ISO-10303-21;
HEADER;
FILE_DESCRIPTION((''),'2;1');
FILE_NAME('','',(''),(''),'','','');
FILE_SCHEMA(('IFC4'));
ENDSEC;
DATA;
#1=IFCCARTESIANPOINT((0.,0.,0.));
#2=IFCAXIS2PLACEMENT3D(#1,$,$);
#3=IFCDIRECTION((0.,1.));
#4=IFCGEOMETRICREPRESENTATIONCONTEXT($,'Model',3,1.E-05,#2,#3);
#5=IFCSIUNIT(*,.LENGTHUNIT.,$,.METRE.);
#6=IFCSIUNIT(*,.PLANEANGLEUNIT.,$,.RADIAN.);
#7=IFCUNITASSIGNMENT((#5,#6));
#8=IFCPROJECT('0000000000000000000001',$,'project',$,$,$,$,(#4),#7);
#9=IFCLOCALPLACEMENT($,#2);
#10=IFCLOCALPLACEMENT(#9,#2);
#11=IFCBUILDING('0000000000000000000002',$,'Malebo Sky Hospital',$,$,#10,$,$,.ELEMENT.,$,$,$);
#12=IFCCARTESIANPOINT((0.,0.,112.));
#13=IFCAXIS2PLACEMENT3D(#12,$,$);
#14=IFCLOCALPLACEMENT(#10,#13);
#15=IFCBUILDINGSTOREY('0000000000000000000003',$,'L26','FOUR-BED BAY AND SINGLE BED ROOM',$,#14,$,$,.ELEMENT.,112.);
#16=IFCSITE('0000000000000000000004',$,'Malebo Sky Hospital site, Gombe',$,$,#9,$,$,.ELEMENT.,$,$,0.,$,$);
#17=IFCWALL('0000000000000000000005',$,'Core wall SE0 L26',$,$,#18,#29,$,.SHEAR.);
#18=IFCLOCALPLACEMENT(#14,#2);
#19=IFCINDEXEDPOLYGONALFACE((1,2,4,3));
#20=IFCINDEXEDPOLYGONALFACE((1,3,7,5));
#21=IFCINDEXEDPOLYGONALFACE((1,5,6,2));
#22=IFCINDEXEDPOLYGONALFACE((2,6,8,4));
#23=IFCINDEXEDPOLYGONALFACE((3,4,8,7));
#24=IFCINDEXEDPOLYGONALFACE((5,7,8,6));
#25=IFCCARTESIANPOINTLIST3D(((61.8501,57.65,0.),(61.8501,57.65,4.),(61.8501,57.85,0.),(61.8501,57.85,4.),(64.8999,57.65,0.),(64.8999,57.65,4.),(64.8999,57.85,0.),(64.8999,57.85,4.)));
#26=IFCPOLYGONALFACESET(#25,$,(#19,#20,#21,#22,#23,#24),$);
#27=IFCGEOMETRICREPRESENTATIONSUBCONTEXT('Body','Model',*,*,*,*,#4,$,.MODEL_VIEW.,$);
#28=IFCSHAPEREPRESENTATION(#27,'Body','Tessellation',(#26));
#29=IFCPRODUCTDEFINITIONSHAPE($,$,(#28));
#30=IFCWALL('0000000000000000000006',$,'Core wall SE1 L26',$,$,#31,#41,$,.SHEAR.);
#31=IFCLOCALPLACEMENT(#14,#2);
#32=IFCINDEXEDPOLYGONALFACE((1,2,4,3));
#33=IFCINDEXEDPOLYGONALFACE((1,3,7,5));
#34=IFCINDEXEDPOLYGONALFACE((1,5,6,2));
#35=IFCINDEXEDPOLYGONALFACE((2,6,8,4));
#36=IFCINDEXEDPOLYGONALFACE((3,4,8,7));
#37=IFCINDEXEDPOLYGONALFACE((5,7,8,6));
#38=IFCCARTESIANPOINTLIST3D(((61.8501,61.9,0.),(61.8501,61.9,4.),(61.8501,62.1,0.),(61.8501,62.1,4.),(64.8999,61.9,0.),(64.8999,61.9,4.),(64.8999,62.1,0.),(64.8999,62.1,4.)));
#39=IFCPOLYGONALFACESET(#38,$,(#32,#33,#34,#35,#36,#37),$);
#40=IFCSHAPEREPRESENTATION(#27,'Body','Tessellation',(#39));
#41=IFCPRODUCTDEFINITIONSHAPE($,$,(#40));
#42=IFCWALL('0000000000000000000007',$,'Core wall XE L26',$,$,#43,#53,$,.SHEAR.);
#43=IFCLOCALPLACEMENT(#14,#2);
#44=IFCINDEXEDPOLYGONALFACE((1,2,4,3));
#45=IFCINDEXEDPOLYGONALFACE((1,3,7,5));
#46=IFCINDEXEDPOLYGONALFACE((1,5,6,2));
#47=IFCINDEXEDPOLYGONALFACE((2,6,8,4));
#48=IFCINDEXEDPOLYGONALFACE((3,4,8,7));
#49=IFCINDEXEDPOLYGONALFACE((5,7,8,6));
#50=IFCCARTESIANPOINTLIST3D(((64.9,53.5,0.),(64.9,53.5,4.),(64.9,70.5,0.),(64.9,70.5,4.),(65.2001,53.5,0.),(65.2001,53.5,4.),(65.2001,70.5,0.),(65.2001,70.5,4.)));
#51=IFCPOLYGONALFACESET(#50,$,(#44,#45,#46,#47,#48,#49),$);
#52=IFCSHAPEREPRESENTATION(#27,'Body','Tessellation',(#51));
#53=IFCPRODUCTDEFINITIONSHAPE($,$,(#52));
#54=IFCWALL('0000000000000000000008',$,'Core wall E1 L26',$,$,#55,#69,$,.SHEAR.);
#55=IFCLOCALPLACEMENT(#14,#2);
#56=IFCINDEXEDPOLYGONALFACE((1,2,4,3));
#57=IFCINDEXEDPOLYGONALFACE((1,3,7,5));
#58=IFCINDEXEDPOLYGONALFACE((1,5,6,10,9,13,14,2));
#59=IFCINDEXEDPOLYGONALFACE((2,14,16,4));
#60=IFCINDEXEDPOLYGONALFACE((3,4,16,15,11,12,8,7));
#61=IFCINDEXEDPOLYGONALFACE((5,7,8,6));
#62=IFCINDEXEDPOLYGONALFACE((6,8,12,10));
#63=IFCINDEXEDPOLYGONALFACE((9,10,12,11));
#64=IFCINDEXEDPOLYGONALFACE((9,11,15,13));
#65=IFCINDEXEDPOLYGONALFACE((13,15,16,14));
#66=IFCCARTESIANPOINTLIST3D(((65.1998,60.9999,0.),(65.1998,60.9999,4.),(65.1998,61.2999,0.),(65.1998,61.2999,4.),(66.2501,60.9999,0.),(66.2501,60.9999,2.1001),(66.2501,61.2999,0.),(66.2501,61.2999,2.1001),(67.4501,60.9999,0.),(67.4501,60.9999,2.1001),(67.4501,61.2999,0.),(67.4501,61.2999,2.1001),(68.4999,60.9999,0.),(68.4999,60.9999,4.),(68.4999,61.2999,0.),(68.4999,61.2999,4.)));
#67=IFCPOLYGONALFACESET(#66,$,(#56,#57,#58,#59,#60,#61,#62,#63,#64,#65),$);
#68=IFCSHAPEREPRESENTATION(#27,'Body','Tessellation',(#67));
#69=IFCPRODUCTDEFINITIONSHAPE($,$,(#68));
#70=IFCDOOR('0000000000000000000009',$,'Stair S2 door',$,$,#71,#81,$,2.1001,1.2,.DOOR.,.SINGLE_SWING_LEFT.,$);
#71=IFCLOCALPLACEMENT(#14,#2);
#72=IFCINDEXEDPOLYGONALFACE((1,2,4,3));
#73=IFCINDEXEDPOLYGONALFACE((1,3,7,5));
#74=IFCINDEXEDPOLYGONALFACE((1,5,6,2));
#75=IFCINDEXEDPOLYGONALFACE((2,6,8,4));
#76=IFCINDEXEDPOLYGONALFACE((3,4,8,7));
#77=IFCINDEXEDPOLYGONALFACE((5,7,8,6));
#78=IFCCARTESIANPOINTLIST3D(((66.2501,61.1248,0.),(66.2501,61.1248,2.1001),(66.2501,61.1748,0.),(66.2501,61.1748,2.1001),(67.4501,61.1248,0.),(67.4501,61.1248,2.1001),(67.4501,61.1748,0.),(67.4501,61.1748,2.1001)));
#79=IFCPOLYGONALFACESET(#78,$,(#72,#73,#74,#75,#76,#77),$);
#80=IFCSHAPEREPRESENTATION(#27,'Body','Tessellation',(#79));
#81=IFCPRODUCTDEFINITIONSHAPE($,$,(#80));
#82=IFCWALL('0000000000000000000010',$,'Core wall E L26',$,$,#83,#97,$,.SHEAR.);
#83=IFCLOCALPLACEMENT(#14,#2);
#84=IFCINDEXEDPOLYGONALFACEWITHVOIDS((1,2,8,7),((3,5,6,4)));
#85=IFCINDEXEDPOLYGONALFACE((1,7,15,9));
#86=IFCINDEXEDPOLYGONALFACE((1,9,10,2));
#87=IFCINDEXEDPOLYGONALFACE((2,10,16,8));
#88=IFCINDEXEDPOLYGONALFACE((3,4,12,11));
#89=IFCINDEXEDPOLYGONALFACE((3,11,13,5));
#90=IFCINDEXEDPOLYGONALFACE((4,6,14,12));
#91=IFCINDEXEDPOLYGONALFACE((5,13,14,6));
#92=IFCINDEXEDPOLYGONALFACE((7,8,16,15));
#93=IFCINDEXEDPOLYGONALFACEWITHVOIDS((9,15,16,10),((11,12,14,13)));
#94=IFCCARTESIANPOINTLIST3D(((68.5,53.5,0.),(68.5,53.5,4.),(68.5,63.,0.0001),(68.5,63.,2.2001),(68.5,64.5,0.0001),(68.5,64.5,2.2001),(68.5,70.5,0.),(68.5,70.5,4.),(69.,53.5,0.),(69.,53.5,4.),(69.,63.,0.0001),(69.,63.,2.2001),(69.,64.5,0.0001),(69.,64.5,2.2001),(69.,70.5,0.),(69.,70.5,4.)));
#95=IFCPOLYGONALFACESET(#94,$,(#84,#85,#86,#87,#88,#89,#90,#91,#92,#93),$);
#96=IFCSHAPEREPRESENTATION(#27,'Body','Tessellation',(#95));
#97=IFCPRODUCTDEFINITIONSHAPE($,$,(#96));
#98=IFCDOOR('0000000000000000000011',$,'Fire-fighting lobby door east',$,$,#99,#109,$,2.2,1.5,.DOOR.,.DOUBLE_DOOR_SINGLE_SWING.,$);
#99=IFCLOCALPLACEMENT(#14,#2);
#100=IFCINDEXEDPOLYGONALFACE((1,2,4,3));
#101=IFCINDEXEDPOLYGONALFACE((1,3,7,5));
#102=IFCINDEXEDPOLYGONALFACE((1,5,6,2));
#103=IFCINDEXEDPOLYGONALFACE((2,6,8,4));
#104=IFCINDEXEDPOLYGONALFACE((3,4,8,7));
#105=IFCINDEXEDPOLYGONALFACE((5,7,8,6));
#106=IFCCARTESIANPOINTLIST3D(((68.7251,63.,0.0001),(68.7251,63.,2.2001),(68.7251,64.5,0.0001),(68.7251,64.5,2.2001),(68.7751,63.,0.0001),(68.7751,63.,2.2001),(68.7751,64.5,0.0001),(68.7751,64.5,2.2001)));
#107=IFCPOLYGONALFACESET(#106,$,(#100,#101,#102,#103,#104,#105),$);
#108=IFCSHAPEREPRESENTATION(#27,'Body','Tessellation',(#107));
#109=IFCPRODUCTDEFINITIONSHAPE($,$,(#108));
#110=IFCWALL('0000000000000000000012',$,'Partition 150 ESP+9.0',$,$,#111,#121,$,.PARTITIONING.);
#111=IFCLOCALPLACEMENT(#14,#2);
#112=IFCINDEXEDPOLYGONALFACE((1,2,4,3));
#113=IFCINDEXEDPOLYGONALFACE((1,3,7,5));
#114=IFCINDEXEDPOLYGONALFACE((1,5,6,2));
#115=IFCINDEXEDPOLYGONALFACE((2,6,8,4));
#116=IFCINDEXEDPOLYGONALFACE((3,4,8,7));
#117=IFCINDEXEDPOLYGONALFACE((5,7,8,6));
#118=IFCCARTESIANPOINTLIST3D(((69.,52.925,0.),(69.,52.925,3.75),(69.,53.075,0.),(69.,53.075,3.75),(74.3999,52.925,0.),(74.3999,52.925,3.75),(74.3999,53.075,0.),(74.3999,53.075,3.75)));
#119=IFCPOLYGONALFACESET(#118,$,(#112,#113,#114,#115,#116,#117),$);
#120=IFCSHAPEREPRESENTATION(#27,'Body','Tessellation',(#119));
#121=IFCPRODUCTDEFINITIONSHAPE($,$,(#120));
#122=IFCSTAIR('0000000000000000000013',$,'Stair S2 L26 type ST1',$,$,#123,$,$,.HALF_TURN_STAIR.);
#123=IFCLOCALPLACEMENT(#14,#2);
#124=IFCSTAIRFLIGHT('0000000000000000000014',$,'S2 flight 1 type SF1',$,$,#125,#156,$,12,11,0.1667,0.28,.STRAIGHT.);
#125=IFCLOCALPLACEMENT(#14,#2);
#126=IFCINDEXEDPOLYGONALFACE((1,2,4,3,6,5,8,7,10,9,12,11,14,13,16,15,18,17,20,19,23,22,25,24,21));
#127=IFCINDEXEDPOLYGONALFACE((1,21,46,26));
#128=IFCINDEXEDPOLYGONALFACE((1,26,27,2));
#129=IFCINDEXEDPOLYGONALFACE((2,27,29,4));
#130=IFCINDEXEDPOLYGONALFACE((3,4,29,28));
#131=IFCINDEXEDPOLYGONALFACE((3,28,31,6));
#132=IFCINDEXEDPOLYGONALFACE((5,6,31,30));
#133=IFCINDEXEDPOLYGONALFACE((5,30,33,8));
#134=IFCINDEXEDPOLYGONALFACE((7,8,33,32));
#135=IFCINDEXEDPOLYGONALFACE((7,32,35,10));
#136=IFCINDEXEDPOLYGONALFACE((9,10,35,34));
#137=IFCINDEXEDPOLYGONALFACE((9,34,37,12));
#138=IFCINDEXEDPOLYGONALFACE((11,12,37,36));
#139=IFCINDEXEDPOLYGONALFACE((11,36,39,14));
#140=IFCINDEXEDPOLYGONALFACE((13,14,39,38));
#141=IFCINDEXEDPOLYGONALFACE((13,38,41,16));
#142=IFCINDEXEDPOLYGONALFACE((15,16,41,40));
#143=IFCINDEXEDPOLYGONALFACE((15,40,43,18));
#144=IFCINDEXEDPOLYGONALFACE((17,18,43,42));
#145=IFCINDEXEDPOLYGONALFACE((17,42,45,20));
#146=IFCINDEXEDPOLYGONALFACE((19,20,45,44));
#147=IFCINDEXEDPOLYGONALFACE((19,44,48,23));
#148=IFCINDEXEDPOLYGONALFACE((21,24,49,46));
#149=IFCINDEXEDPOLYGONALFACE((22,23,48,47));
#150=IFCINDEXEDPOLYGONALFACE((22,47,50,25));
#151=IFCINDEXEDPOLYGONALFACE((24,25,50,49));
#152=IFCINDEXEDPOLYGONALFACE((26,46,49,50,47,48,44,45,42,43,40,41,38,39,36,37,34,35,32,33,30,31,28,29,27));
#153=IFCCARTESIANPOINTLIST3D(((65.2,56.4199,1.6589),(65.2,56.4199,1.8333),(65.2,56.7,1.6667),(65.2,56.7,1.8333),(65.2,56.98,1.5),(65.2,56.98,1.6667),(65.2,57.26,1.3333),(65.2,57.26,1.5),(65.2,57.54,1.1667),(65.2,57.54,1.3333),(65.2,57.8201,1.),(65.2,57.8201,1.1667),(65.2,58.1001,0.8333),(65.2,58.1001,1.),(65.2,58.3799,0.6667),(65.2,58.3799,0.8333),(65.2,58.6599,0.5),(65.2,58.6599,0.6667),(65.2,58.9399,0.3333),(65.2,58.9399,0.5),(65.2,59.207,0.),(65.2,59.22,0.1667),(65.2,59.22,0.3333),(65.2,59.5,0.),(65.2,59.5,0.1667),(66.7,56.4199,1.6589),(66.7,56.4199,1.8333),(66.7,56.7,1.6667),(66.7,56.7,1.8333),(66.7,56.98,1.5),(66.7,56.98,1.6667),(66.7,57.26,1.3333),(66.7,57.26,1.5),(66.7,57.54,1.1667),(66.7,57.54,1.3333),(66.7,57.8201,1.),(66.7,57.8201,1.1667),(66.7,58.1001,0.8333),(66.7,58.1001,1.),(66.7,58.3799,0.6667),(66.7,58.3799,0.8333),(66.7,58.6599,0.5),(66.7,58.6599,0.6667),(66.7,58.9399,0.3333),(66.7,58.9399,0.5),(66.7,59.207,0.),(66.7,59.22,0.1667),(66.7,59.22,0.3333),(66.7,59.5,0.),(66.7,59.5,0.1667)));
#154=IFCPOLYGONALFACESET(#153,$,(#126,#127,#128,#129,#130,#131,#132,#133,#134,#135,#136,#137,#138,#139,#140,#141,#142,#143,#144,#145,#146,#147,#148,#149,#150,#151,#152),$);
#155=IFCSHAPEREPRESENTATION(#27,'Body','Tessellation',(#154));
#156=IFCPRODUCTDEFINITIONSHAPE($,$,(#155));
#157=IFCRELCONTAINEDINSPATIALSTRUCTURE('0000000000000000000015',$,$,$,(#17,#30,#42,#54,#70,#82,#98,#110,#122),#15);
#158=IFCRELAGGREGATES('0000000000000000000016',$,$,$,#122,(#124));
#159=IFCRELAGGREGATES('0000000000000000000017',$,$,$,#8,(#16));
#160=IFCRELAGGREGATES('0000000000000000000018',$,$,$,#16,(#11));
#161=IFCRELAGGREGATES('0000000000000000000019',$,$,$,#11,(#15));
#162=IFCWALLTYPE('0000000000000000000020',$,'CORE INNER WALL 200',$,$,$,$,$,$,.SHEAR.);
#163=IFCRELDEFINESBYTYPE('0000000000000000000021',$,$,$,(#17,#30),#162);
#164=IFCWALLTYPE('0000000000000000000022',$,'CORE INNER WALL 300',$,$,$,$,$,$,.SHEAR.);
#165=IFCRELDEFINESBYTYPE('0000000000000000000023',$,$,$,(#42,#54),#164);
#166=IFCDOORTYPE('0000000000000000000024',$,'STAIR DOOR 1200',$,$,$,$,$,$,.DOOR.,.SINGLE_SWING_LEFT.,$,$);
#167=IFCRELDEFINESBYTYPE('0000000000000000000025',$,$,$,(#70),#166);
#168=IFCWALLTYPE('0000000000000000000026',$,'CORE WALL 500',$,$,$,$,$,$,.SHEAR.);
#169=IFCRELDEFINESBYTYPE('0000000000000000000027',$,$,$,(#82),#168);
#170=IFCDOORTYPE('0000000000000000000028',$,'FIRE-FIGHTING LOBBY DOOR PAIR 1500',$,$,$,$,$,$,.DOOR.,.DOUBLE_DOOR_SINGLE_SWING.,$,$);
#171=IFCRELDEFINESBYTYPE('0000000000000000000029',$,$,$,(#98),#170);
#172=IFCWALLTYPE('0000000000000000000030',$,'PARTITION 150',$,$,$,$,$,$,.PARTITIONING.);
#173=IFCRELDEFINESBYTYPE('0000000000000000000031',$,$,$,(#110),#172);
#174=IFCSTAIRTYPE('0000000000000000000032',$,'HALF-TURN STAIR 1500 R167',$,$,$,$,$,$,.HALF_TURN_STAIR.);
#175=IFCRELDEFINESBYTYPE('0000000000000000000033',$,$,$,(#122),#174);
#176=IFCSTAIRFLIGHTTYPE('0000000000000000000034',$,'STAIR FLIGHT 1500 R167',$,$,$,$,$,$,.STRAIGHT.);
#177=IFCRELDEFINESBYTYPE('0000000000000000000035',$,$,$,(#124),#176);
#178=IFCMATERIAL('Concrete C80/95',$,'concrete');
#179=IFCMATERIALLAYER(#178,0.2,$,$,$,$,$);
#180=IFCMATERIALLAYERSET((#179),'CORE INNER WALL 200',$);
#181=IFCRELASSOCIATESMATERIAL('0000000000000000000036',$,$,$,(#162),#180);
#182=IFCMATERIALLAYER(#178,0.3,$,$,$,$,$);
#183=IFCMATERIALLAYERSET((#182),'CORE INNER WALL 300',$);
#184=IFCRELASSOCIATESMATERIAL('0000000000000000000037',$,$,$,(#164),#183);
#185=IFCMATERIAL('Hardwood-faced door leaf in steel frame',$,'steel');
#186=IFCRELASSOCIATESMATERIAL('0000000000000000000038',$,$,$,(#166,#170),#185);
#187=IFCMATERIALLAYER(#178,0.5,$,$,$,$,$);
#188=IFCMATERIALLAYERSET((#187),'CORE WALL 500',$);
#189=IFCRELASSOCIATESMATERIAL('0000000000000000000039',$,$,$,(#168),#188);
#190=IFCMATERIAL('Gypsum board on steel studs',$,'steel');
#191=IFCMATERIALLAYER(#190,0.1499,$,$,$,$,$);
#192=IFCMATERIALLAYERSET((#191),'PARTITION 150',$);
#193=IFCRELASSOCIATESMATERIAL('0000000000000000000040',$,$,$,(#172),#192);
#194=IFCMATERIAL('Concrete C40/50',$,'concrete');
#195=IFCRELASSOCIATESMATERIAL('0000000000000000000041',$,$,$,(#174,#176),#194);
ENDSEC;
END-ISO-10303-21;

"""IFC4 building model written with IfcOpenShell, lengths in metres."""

from ifc_helpers import new_model, si_unit, direction, frame, frame_2d, origin, place, context, subcontext, project, spatial, polyline, rectangle, outline, extrude, material, layer, layer_set, type_object, element, fill, aggregate, save


model = new_model("IFC4")

# Units and contexts
model_context = context("Model", 3, precision=1e-05, world=origin(), true_north=direction((0.0, 1.0)))
body_context = subcontext(model_context, "Body", "Model", "MODEL_VIEW")
ifc_project = project(units=[si_unit("LENGTHUNIT", "METRE"), si_unit("PLANEANGLEUNIT", "RADIAN")], contexts=[model_context])

# Site, building, storey
site_placement = place(None, origin())
site = spatial("IfcSite", under=ifc_project, at=site_placement, Name="Malebo Sky Hospital site, Gombe", CompositionType="ELEMENT", RefElevation=0.0)
building_placement = place(site_placement, origin())
building = spatial("IfcBuilding", under=site, at=building_placement, Name="Malebo Sky Hospital", CompositionType="ELEMENT")
storey_placement = place(building_placement, frame((0.0, 0.0, 112.0)))
storey = spatial("IfcBuildingStorey", under=building, at=storey_placement, Name="L26", Description="FOUR-BED BAY AND SINGLE BED ROOM", CompositionType="ELEMENT", Elevation=112.0)

# Shared definitions
ifc_material_1 = material(Name="Concrete C80/95", Category="concrete")
ifc_layer_1 = layer(ifc_material_1, 0.2)
ifc_layer_set_1 = layer_set([ifc_layer_1], Name="CORE INNER WALL 200")
wall_type_1 = type_object("IfcWallType", Name="CORE INNER WALL 200", PredefinedType="SHEAR", material=ifc_layer_set_1)

# Walls
for number, where, z_axis, x_axis, name in (
    (1, (61.8501, 57.75, 0.0), (0.0, 0.0, 1.0), (1.0, 0.0, 0.0), "Core wall SE0 L26"),
    (2, (61.8501, 62.0, 0.0), (0.0, 0.0, 1.0), (1.0, 0.0, 0.0), "Core wall SE1 L26"),
):
    element("IfcWall", number, at=place(storey_placement, frame(where, z_axis=z_axis, x_axis=x_axis)), inside=storey, type_object=wall_type_1, Name=name, PredefinedType="SHEAR", context=body_context, shape_type="SweptSolid", body=[
        extrude(rectangle(XDim=3.0498, YDim=0.2, at=frame_2d((1.5249, 0.0))), origin(), (0.0, 0.0, 1.0), 4.0),
    ])
ifc_layer_2 = layer(ifc_material_1, 0.3)
ifc_layer_set_2 = layer_set([ifc_layer_2], Name="CORE INNER WALL 300")
wall_type_2 = type_object("IfcWallType", Name="CORE INNER WALL 300", PredefinedType="SHEAR", material=ifc_layer_set_2)
wall_1_placement = place(storey_placement, frame((65.05, 53.5, 0.0), z_axis=(0.0, 0.0, 1.0), x_axis=(0.0, 1.0, 0.0)))
element("IfcWall", 3, at=wall_1_placement, inside=storey, type_object=wall_type_2, Name="Core wall XE L26", PredefinedType="SHEAR", context=body_context, shape_type="SweptSolid", body=[
    extrude(rectangle(XDim=17.0, YDim=0.3, at=frame_2d((8.5, 0.0))), origin(), (0.0, 0.0, 1.0), 4.0),
])

# Walls, openings, doors
wall_2_placement = place(storey_placement, frame((65.2, 61.1499, 0.0), z_axis=(0.0, 0.0, 1.0), x_axis=(1.0, 0.0, 0.0)))
wall_2 = element("IfcWall", 4, at=wall_2_placement, inside=storey, type_object=wall_type_2, Name="Core wall E1 L26", PredefinedType="SHEAR", context=body_context, shape_type="SweptSolid", body=[
    extrude(rectangle(XDim=3.3, YDim=0.3, at=frame_2d((1.6499, 0.0))), origin(), (0.0, 0.0, 1.0), 4.0),
])
opening_1_placement = place(wall_2_placement, frame((1.05, 0.0, 0.0)))
opening_1 = element("IfcOpeningElement", 5, at=opening_1_placement, cuts=wall_2, PredefinedType="OPENING", context=body_context, shape_type="SweptSolid", body=[
    extrude(rectangle(XDim=1.2, YDim=2.1001, at=frame_2d((0.6001, 1.05))), frame((0.0, 0.1599, 0.0), z_axis=(0.0, -1.0, 0.0), x_axis=(1.0, 0.0, 0.0)), (0.0, 0.0, 1.0), 0.3201),
])
ifc_material_2 = material(Name="Hardwood-faced door leaf in steel frame", Category="steel")
door_type_1 = type_object("IfcDoorType", Name="STAIR DOOR 1200", OperationType="SINGLE_SWING_LEFT", PredefinedType="DOOR", material=ifc_material_2)
door_1_placement = place(opening_1_placement, origin())
door_1 = element("IfcDoor", 6, at=door_1_placement, inside=storey, type_object=door_type_1, Name="Stair S2 door", OperationType="SINGLE_SWING_LEFT", OverallHeight=2.1001, OverallWidth=1.2, PredefinedType="DOOR", context=body_context, shape_type="SweptSolid", body=[
    extrude(rectangle(XDim=1.2, YDim=2.1001, at=frame_2d((0.6001, 1.05))), frame((0.0, 0.0249, 0.0), z_axis=(0.0, -1.0, 0.0), x_axis=(1.0, 0.0, 0.0)), (0.0, 0.0, 1.0), 0.05),
])
fill(opening_1, door_1)
ifc_layer_3 = layer(ifc_material_1, 0.5)
ifc_layer_set_3 = layer_set([ifc_layer_3], Name="CORE WALL 500")
wall_type_3 = type_object("IfcWallType", Name="CORE WALL 500", PredefinedType="SHEAR", material=ifc_layer_set_3)
wall_3_placement = place(storey_placement, frame((68.75, 53.5, 0.0), z_axis=(0.0, 0.0, 1.0), x_axis=(0.0, 1.0, 0.0)))
wall_3 = element("IfcWall", 7, at=wall_3_placement, inside=storey, type_object=wall_type_3, Name="Core wall E L26", PredefinedType="SHEAR", context=body_context, shape_type="SweptSolid", body=[
    extrude(rectangle(XDim=17.0, YDim=0.5, at=frame_2d((8.5, 0.0))), origin(), (0.0, 0.0, 1.0), 4.0),
])
opening_2_placement = place(wall_3_placement, frame((9.5, 0.0, 0.0)))
opening_2 = element("IfcOpeningElement", 8, at=opening_2_placement, cuts=wall_3, PredefinedType="OPENING", context=body_context, shape_type="SweptSolid", body=[
    extrude(rectangle(XDim=1.5, YDim=2.2, at=frame_2d((0.75, 1.1001))), frame((0.0, 0.26, 0.0), z_axis=(0.0, -1.0, 0.0), x_axis=(1.0, 0.0, 0.0)), (0.0, 0.0, 1.0), 0.52),
])
door_type_2 = type_object("IfcDoorType", Name="FIRE-FIGHTING LOBBY DOOR PAIR 1500", OperationType="DOUBLE_DOOR_SINGLE_SWING", PredefinedType="DOOR", material=ifc_material_2)
door_2_placement = place(opening_2_placement, origin())
door_2 = element("IfcDoor", 9, at=door_2_placement, inside=storey, type_object=door_type_2, Name="Fire-fighting lobby door east", OperationType="DOUBLE_DOOR_SINGLE_SWING", OverallHeight=2.2, OverallWidth=1.5, PredefinedType="DOOR", context=body_context, shape_type="SweptSolid", body=[
    extrude(rectangle(XDim=1.5, YDim=2.2, at=frame_2d((0.75, 1.1001))), frame((0.0, 0.0249, 0.0), z_axis=(0.0, -1.0, 0.0), x_axis=(1.0, 0.0, 0.0)), (0.0, 0.0, 1.0), 0.05),
])
fill(opening_2, door_2)

# Wall
ifc_material_3 = material(Name="Gypsum board on steel studs", Category="steel")
ifc_layer_4 = layer(ifc_material_3, 0.1499)
ifc_layer_set_4 = layer_set([ifc_layer_4], Name="PARTITION 150")
wall_type_4 = type_object("IfcWallType", Name="PARTITION 150", PredefinedType="PARTITIONING", material=ifc_layer_set_4)
wall_4_placement = place(storey_placement, frame((69.0, 53.0, 0.0), z_axis=(0.0, 0.0, 1.0), x_axis=(1.0, 0.0, 0.0)))
element("IfcWall", 10, at=wall_4_placement, inside=storey, type_object=wall_type_4, Name="Partition 150 ESP+9.0", PredefinedType="PARTITIONING", context=body_context, shape_type="SweptSolid", body=[
    extrude(rectangle(XDim=5.3999, YDim=0.1499, at=frame_2d((2.7, 0.0))), origin(), (0.0, 0.0, 1.0), 3.75),
])

# Stair, stair flight
ifc_material_4 = material(Name="Concrete C40/50", Category="concrete")
stair_type = type_object("IfcStairType", Name="HALF-TURN STAIR 1500 R167", PredefinedType="HALF_TURN_STAIR", material=ifc_material_4)
stair_placement = place(storey_placement, origin())
stair = element("IfcStair", 11, at=stair_placement, inside=storey, type_object=stair_type, Name="Stair S2 L26 type ST1", PredefinedType="HALF_TURN_STAIR")
stair_flight_type = type_object("IfcStairFlightType", Name="STAIR FLIGHT 1500 R167", PredefinedType="STRAIGHT", material=ifc_material_4)
stair_flight_1_placement = place(storey_placement, frame((65.95, 59.5, 0.0), z_axis=(0.0, 0.0, 1.0), x_axis=(0.0, -1.0, 0.0)))
stair_flight_1 = element("IfcStairFlight", 12, at=stair_flight_1_placement, type_object=stair_flight_type, Name="S2 flight 1 type SF1", NumberOfRisers=12, NumberOfTreads=11, PredefinedType="STRAIGHT", RiserHeight=0.1667, TreadLength=0.28, context=body_context, shape_type="SweptSolid", body=[
    extrude(outline(polyline([(0.0, 0.0), (0.0, 0.1667), (0.28, 0.1667), (0.28, 0.3333), (0.5601, 0.3333), (0.5601, 0.5), (0.8401, 0.5), (0.8401, 0.6667), (1.1201, 0.6667), (1.1201, 0.8333), (1.3999, 0.8333), (1.3999, 1.0), (1.6799, 1.0), (1.6799, 1.1667), (1.96, 1.1667), (1.96, 1.3333), (2.24, 1.3333), (2.24, 1.5), (2.52, 1.5), (2.52, 1.6667), (2.8, 1.6667), (2.8, 1.8333), (3.0801, 1.8333), (3.0801, 2.0), (3.0801, 1.6589), (0.293, 0.0), (0.0, 0.0)])), frame((0.0, 0.75, 0.0), z_axis=(0.0, -1.0, 0.0), x_axis=(1.0, 0.0, 0.0)), (0.0, 0.0, 1.0), 1.5),
])
aggregate(stair, [stair_flight_1])

save(model, "model.ifc")
